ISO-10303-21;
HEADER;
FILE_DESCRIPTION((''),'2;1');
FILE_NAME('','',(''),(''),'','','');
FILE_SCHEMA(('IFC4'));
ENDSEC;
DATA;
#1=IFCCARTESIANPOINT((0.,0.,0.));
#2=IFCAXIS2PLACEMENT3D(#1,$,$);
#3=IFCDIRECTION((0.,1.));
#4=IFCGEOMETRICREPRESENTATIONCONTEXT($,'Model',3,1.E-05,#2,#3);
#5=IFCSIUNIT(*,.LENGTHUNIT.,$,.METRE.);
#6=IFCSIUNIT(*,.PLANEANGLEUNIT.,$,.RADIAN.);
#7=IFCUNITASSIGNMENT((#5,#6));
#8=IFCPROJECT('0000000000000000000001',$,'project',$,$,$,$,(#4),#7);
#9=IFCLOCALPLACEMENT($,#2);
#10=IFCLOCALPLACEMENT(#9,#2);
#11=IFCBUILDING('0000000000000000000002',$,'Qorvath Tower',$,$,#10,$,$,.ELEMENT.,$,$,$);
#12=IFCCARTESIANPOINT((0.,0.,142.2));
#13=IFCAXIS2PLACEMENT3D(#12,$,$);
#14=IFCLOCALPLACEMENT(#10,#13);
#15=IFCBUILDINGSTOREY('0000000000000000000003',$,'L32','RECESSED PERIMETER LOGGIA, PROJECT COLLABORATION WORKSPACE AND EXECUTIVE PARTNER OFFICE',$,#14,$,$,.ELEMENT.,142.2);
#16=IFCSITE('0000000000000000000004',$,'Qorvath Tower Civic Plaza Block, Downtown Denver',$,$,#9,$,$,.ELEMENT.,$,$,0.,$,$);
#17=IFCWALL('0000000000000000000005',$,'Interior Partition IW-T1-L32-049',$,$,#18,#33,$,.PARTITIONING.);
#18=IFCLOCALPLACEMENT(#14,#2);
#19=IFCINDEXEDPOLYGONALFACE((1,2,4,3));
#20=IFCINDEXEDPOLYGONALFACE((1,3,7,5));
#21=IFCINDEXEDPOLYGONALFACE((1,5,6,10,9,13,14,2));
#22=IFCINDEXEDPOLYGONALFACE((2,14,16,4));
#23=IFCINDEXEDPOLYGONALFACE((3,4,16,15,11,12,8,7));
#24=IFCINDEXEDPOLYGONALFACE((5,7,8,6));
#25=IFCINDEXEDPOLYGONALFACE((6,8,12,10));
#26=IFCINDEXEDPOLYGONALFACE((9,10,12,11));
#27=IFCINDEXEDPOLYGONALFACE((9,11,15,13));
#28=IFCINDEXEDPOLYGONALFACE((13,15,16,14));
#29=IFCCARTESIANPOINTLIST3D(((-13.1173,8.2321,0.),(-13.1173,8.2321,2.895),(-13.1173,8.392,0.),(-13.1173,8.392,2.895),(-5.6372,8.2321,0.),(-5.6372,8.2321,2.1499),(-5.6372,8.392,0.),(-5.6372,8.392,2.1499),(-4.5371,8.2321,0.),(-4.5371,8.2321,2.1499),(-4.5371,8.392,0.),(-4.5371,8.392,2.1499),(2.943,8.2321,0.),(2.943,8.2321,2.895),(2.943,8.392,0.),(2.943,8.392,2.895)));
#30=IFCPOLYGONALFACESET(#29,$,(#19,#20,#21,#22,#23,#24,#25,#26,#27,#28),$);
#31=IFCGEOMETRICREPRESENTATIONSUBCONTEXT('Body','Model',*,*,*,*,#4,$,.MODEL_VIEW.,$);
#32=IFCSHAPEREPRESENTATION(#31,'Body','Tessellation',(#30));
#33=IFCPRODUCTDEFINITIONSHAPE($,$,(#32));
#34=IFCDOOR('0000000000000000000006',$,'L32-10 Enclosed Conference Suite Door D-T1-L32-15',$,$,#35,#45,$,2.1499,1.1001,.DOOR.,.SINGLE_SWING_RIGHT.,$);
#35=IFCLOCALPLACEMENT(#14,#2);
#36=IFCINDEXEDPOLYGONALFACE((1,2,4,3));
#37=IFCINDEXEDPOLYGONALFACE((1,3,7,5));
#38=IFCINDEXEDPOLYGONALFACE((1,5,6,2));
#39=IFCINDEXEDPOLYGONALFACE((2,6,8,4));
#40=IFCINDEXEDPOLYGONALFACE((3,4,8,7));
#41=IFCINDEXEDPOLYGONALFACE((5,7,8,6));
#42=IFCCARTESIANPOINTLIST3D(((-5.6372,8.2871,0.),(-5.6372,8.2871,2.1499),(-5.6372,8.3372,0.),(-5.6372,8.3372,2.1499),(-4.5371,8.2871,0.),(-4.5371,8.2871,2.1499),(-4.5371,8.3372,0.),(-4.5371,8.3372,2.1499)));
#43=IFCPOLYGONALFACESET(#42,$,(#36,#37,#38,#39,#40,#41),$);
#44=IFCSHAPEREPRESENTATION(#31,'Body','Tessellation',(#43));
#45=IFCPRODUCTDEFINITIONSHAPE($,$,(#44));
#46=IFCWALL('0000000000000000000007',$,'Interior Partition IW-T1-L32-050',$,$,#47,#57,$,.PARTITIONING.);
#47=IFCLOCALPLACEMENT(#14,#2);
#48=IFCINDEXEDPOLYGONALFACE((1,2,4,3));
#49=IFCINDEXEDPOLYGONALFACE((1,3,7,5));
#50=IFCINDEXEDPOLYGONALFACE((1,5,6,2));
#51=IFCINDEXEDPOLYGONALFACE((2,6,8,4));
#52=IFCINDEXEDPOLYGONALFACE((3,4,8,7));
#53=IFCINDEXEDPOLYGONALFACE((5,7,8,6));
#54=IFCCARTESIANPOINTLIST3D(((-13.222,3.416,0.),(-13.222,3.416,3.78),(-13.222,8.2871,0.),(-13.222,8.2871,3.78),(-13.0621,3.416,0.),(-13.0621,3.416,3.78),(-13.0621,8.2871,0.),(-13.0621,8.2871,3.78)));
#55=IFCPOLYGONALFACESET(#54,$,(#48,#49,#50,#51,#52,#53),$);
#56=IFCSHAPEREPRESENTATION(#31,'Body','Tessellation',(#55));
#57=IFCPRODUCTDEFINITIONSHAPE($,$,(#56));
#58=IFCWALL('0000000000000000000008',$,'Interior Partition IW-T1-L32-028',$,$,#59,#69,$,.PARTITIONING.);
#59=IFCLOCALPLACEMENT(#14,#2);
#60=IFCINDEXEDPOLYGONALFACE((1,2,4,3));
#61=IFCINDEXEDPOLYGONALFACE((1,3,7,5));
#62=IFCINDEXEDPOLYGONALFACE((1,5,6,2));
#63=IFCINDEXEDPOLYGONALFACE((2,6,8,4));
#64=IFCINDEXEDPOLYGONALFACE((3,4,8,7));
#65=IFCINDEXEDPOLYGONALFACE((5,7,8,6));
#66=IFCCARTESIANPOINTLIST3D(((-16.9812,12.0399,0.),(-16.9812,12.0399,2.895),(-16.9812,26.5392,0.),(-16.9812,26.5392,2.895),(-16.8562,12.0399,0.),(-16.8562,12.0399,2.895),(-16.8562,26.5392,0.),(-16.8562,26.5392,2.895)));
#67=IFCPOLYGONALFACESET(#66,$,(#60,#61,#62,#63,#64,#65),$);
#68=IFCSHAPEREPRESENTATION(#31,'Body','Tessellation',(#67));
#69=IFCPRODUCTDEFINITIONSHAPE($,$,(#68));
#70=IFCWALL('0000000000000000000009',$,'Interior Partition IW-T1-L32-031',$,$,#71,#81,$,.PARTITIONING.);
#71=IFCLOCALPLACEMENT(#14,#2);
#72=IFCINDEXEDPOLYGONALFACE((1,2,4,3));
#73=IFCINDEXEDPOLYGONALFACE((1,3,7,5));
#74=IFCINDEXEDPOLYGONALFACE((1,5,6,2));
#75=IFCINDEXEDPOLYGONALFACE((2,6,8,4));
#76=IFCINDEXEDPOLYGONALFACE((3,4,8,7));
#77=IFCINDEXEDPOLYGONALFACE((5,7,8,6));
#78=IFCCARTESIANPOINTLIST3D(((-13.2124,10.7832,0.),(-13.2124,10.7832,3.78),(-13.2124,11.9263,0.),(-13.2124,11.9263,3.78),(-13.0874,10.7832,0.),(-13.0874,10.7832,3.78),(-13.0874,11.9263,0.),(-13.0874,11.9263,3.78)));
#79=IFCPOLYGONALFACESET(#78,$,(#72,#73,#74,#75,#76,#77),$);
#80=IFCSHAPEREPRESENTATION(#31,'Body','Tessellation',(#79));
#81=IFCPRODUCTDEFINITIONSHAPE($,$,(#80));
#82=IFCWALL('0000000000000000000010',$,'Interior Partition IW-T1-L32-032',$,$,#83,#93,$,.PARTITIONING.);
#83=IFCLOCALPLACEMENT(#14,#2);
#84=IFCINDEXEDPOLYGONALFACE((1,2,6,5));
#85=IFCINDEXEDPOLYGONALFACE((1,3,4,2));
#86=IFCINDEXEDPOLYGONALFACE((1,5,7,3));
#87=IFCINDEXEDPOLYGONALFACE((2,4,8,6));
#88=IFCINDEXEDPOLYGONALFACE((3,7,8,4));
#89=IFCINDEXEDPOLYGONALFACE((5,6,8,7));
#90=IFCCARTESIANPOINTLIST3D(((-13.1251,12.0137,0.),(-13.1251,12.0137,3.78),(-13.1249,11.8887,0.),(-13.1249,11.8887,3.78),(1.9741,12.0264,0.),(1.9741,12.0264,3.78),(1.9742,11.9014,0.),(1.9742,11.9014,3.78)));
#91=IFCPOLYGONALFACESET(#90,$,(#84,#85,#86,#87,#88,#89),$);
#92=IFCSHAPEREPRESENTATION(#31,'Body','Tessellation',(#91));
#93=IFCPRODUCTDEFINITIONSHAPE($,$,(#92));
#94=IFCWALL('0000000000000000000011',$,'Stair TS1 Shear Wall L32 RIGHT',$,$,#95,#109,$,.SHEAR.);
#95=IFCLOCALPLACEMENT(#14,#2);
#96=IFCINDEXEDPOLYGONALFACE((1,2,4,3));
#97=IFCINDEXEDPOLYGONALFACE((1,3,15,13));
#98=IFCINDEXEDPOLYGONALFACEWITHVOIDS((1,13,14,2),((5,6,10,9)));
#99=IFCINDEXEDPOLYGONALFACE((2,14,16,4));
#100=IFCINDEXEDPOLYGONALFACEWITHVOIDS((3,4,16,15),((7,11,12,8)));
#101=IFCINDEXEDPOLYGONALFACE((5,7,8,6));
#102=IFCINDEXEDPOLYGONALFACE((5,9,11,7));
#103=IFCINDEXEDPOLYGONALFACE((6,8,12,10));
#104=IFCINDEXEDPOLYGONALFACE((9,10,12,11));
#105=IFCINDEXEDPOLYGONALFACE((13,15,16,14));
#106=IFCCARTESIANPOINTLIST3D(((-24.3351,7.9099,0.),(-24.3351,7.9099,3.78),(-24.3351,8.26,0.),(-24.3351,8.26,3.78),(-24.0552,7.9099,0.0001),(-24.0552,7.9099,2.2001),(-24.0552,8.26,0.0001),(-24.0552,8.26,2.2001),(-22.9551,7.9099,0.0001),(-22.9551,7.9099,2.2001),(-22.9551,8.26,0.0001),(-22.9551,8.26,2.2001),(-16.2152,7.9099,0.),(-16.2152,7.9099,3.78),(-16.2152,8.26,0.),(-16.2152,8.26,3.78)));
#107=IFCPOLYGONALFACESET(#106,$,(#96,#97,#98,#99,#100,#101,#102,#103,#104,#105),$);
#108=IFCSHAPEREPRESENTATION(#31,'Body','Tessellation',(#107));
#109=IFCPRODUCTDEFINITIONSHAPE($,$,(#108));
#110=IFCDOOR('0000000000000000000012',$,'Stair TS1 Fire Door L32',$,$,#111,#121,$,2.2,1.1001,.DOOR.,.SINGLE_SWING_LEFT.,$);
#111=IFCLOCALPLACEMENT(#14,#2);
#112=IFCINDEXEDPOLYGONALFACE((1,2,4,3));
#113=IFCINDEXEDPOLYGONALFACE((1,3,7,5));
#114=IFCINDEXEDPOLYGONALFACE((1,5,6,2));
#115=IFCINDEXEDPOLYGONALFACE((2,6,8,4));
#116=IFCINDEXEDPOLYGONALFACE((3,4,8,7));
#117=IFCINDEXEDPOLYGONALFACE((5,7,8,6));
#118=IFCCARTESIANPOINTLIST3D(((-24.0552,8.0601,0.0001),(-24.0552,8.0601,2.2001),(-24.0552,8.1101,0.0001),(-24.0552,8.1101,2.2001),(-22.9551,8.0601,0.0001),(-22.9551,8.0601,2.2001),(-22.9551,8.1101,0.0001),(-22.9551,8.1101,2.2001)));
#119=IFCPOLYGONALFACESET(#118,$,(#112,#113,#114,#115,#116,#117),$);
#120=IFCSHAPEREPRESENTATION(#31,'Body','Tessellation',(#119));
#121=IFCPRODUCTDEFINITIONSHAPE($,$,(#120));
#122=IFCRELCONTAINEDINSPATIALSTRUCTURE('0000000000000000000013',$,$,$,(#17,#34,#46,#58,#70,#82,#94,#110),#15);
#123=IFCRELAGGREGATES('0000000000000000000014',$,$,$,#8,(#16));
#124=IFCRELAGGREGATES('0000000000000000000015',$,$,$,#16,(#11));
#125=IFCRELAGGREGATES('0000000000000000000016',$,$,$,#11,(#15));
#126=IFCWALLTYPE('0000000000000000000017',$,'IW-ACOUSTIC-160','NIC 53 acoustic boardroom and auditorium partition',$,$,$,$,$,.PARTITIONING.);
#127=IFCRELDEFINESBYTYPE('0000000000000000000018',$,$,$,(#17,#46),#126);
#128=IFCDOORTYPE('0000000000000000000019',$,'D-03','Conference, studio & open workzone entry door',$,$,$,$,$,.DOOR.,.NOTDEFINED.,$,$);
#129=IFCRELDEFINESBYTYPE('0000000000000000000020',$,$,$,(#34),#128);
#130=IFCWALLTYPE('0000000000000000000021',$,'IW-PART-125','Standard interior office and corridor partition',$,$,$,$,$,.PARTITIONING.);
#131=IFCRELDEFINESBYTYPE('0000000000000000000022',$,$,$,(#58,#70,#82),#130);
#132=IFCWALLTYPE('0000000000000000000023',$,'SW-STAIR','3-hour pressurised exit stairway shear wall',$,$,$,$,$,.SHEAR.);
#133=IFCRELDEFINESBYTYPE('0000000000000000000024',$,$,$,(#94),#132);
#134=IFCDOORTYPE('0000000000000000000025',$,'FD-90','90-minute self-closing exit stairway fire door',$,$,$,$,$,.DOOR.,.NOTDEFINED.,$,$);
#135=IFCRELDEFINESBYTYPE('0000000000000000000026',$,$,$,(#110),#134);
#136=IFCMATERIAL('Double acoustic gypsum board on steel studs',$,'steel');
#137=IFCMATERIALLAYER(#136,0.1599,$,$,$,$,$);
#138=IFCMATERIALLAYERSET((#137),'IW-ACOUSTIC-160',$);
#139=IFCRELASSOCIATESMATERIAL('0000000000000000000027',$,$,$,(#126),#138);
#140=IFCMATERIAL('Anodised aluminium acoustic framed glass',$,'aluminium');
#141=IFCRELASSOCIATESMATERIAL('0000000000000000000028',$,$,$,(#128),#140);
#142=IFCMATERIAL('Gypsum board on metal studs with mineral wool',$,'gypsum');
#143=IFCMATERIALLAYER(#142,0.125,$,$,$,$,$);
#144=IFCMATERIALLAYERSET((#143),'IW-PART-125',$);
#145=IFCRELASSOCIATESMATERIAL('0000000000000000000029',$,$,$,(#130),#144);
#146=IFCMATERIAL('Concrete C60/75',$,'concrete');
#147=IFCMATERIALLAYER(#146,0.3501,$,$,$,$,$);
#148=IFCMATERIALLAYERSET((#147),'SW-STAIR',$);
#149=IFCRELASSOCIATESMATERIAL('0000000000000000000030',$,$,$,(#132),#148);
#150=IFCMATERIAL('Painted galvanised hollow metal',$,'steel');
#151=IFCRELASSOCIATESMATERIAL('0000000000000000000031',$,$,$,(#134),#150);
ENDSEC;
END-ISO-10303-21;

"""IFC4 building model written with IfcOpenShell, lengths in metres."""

from ifc_helpers import new_model, si_unit, direction, frame, frame_2d, origin, place, context, subcontext, project, spatial, rectangle, extrude, material, layer, layer_set, type_object, element, fill, save


model = new_model("IFC4")

# Units and contexts
model_context = context("Model", 3, precision=1e-05, world=origin(), true_north=direction((0.0, 1.0)))
body_context = subcontext(model_context, "Body", "Model", "MODEL_VIEW")
ifc_project = project(units=[si_unit("LENGTHUNIT", "METRE"), si_unit("PLANEANGLEUNIT", "RADIAN")], contexts=[model_context])

# Site, building, storey
site_placement = place(None, origin())
site = spatial("IfcSite", under=ifc_project, at=site_placement, Name="Qorvath Tower Civic Plaza Block, Downtown Denver", CompositionType="ELEMENT", RefElevation=0.0)
building_placement = place(site_placement, origin())
building = spatial("IfcBuilding", under=site, at=building_placement, Name="Qorvath Tower", CompositionType="ELEMENT")
storey_placement = place(building_placement, frame((0.0, 0.0, 142.2)))
storey = spatial("IfcBuildingStorey", under=building, at=storey_placement, Name="L32", Description="RECESSED PERIMETER LOGGIA, PROJECT COLLABORATION WORKSPACE AND EXECUTIVE PARTNER OFFICE", CompositionType="ELEMENT", Elevation=142.2)

# Shared definitions
ifc_material_1 = material(Name="Double acoustic gypsum board on steel studs", Category="steel")
ifc_layer_1 = layer(ifc_material_1, 0.1599)
ifc_layer_set_1 = layer_set([ifc_layer_1], Name="IW-ACOUSTIC-160")
wall_type_1 = type_object("IfcWallType", Name="IW-ACOUSTIC-160", Description="NIC 53 acoustic boardroom and auditorium partition", PredefinedType="PARTITIONING", material=ifc_layer_set_1)

# Wall, opening, door
wall_1_placement = place(storey_placement, frame((2.9431, 8.312, 0.0), z_axis=(0.0, 0.0, 1.0), x_axis=(-1.0, 0.0, 0.0)))
wall_1 = element("IfcWall", 1, at=wall_1_placement, inside=storey, type_object=wall_type_1, Name="Interior Partition IW-T1-L32-049", PredefinedType="PARTITIONING", context=body_context, shape_type="SweptSolid", body=[
    extrude(rectangle(XDim=16.0603, YDim=0.1599, at=frame_2d((8.0303, 0.0))), origin(), (0.0, 0.0, 1.0), 2.895),
])
opening_1_placement = place(wall_1_placement, frame((7.4802, 0.0, 0.0)))
opening_1 = element("IfcOpeningElement", 2, at=opening_1_placement, cuts=wall_1, PredefinedType="OPENING", context=body_context, shape_type="SweptSolid", body=[
    extrude(rectangle(XDim=1.1001, YDim=2.1499, at=frame_2d((0.55, 1.075))), frame((0.0, 0.0898, 0.0), z_axis=(0.0, -1.0, 0.0), x_axis=(1.0, 0.0, 0.0)), (0.0, 0.0, 1.0), 0.1799),
])
ifc_material_2 = material(Name="Anodised aluminium acoustic framed glass", Category="aluminium")
door_type_1 = type_object("IfcDoorType", Name="D-03", Description="Conference, studio & open workzone entry door", OperationType="NOTDEFINED", PredefinedType="DOOR", material=ifc_material_2)
door_1_placement = place(opening_1_placement, origin())
door_1 = element("IfcDoor", 3, at=door_1_placement, inside=storey, type_object=door_type_1, Name="L32-10 Enclosed Conference Suite Door D-T1-L32-15", OperationType="SINGLE_SWING_RIGHT", OverallHeight=2.1499, OverallWidth=1.1001, PredefinedType="DOOR", context=body_context, shape_type="SweptSolid", body=[
    extrude(rectangle(XDim=1.1001, YDim=2.1499, at=frame_2d((0.55, 1.075))), frame((0.0, 0.0249, 0.0), z_axis=(0.0, -1.0, 0.0), x_axis=(1.0, 0.0, 0.0)), (0.0, 0.0, 1.0), 0.05),
])
fill(opening_1, door_1)

# Walls
wall_2_placement = place(storey_placement, frame((-13.1421, 8.2871, 0.0), z_axis=(0.0, 0.0, 1.0), x_axis=(0.0, -1.0, 0.0)))
element("IfcWall", 4, at=wall_2_placement, inside=storey, type_object=wall_type_1, Name="Interior Partition IW-T1-L32-050", PredefinedType="PARTITIONING", context=body_context, shape_type="SweptSolid", body=[
    extrude(rectangle(XDim=4.8711, YDim=0.1599, at=frame_2d((2.4355, 0.0))), origin(), (0.0, 0.0, 1.0), 3.78),
])
ifc_material_3 = material(Name="Gypsum board on metal studs with mineral wool", Category="gypsum")
ifc_layer_2 = layer(ifc_material_3, 0.125)
ifc_layer_set_2 = layer_set([ifc_layer_2], Name="IW-PART-125")
wall_type_2 = type_object("IfcWallType", Name="IW-PART-125", Description="Standard interior office and corridor partition", PredefinedType="PARTITIONING", material=ifc_layer_set_2)
wall_3_placement = place(storey_placement, frame((-16.9187, 12.04, 0.0), z_axis=(0.0, 0.0, 1.0), x_axis=(0.0, 1.0, 0.0)))
element("IfcWall", 5, at=wall_3_placement, inside=storey, type_object=wall_type_2, Name="Interior Partition IW-T1-L32-028", PredefinedType="PARTITIONING", context=body_context, shape_type="SweptSolid", body=[
    extrude(rectangle(XDim=14.4993, YDim=0.125, at=frame_2d((7.2495, 0.0))), origin(), (0.0, 0.0, 1.0), 2.895),
])

# Walls
wall_4_placement = place(storey_placement, frame((-13.1499, 11.9263, 0.0), z_axis=(0.0, 0.0, 1.0), x_axis=(0.0, -1.0, 0.0)))
element("IfcWall", 6, at=wall_4_placement, inside=storey, type_object=wall_type_2, Name="Interior Partition IW-T1-L32-031", PredefinedType="PARTITIONING", context=body_context, shape_type="SweptSolid", body=[
    extrude(rectangle(XDim=1.1431, YDim=0.125, at=frame_2d((0.5715, 0.0))), origin(), (0.0, 0.0, 1.0), 3.78),
])
wall_5_placement = place(storey_placement, frame((-13.125, 11.9512, 0.0), z_axis=(0.0, 0.0, 1.0), x_axis=(1.0, 0.000841, 0.0)))
element("IfcWall", 7, at=wall_5_placement, inside=storey, type_object=wall_type_2, Name="Interior Partition IW-T1-L32-032", PredefinedType="PARTITIONING", context=body_context, shape_type="SweptSolid", body=[
    extrude(rectangle(XDim=15.0991, YDim=0.125, at=frame_2d((7.5496, 0.0))), origin(), (0.0, 0.0, 1.0), 3.78),
])

# Wall, opening, door
ifc_material_4 = material(Name="Concrete C60/75", Category="concrete")
ifc_layer_3 = layer(ifc_material_4, 0.3501)
ifc_layer_set_3 = layer_set([ifc_layer_3], Name="SW-STAIR")
wall_type_3 = type_object("IfcWallType", Name="SW-STAIR", Description="3-hour pressurised exit stairway shear wall", PredefinedType="SHEAR", material=ifc_layer_set_3)
wall_6_placement = place(storey_placement, frame((-16.2151, 8.085, 0.0), z_axis=(0.0, 0.0, 1.0), x_axis=(-1.0, 0.0, 0.0)))
wall_6 = element("IfcWall", 8, at=wall_6_placement, inside=storey, type_object=wall_type_3, Name="Stair TS1 Shear Wall L32 RIGHT", PredefinedType="SHEAR", context=body_context, shape_type="SweptSolid", body=[
    extrude(rectangle(XDim=8.1199, YDim=0.3501, at=frame_2d((4.0601, 0.0))), origin(), (0.0, 0.0, 1.0), 3.78),
])
opening_2_placement = place(wall_6_placement, frame((6.74, 0.0, 0.0)))
opening_2 = element("IfcOpeningElement", 9, at=opening_2_placement, cuts=wall_6, PredefinedType="OPENING", context=body_context, shape_type="SweptSolid", body=[
    extrude(rectangle(XDim=1.1001, YDim=2.2, at=frame_2d((0.55, 1.1001))), frame((0.0, 0.1851, 0.0), z_axis=(0.0, -1.0, 0.0), x_axis=(1.0, 0.0, 0.0)), (0.0, 0.0, 1.0), 0.3701),
])
ifc_material_5 = material(Name="Painted galvanised hollow metal", Category="steel")
door_type_2 = type_object("IfcDoorType", Name="FD-90", Description="90-minute self-closing exit stairway fire door", OperationType="NOTDEFINED", PredefinedType="DOOR", material=ifc_material_5)
door_2_placement = place(opening_2_placement, origin())
door_2 = element("IfcDoor", 10, at=door_2_placement, inside=storey, type_object=door_type_2, Name="Stair TS1 Fire Door L32", OperationType="SINGLE_SWING_LEFT", OverallHeight=2.2, OverallWidth=1.1001, PredefinedType="DOOR", context=body_context, shape_type="SweptSolid", body=[
    extrude(rectangle(XDim=1.1001, YDim=2.2, at=frame_2d((0.55, 1.1001))), frame((0.0, 0.0249, 0.0), z_axis=(0.0, -1.0, 0.0), x_axis=(1.0, 0.0, 0.0)), (0.0, 0.0, 1.0), 0.05),
])
fill(opening_2, door_2)

save(model, "model.ifc")
